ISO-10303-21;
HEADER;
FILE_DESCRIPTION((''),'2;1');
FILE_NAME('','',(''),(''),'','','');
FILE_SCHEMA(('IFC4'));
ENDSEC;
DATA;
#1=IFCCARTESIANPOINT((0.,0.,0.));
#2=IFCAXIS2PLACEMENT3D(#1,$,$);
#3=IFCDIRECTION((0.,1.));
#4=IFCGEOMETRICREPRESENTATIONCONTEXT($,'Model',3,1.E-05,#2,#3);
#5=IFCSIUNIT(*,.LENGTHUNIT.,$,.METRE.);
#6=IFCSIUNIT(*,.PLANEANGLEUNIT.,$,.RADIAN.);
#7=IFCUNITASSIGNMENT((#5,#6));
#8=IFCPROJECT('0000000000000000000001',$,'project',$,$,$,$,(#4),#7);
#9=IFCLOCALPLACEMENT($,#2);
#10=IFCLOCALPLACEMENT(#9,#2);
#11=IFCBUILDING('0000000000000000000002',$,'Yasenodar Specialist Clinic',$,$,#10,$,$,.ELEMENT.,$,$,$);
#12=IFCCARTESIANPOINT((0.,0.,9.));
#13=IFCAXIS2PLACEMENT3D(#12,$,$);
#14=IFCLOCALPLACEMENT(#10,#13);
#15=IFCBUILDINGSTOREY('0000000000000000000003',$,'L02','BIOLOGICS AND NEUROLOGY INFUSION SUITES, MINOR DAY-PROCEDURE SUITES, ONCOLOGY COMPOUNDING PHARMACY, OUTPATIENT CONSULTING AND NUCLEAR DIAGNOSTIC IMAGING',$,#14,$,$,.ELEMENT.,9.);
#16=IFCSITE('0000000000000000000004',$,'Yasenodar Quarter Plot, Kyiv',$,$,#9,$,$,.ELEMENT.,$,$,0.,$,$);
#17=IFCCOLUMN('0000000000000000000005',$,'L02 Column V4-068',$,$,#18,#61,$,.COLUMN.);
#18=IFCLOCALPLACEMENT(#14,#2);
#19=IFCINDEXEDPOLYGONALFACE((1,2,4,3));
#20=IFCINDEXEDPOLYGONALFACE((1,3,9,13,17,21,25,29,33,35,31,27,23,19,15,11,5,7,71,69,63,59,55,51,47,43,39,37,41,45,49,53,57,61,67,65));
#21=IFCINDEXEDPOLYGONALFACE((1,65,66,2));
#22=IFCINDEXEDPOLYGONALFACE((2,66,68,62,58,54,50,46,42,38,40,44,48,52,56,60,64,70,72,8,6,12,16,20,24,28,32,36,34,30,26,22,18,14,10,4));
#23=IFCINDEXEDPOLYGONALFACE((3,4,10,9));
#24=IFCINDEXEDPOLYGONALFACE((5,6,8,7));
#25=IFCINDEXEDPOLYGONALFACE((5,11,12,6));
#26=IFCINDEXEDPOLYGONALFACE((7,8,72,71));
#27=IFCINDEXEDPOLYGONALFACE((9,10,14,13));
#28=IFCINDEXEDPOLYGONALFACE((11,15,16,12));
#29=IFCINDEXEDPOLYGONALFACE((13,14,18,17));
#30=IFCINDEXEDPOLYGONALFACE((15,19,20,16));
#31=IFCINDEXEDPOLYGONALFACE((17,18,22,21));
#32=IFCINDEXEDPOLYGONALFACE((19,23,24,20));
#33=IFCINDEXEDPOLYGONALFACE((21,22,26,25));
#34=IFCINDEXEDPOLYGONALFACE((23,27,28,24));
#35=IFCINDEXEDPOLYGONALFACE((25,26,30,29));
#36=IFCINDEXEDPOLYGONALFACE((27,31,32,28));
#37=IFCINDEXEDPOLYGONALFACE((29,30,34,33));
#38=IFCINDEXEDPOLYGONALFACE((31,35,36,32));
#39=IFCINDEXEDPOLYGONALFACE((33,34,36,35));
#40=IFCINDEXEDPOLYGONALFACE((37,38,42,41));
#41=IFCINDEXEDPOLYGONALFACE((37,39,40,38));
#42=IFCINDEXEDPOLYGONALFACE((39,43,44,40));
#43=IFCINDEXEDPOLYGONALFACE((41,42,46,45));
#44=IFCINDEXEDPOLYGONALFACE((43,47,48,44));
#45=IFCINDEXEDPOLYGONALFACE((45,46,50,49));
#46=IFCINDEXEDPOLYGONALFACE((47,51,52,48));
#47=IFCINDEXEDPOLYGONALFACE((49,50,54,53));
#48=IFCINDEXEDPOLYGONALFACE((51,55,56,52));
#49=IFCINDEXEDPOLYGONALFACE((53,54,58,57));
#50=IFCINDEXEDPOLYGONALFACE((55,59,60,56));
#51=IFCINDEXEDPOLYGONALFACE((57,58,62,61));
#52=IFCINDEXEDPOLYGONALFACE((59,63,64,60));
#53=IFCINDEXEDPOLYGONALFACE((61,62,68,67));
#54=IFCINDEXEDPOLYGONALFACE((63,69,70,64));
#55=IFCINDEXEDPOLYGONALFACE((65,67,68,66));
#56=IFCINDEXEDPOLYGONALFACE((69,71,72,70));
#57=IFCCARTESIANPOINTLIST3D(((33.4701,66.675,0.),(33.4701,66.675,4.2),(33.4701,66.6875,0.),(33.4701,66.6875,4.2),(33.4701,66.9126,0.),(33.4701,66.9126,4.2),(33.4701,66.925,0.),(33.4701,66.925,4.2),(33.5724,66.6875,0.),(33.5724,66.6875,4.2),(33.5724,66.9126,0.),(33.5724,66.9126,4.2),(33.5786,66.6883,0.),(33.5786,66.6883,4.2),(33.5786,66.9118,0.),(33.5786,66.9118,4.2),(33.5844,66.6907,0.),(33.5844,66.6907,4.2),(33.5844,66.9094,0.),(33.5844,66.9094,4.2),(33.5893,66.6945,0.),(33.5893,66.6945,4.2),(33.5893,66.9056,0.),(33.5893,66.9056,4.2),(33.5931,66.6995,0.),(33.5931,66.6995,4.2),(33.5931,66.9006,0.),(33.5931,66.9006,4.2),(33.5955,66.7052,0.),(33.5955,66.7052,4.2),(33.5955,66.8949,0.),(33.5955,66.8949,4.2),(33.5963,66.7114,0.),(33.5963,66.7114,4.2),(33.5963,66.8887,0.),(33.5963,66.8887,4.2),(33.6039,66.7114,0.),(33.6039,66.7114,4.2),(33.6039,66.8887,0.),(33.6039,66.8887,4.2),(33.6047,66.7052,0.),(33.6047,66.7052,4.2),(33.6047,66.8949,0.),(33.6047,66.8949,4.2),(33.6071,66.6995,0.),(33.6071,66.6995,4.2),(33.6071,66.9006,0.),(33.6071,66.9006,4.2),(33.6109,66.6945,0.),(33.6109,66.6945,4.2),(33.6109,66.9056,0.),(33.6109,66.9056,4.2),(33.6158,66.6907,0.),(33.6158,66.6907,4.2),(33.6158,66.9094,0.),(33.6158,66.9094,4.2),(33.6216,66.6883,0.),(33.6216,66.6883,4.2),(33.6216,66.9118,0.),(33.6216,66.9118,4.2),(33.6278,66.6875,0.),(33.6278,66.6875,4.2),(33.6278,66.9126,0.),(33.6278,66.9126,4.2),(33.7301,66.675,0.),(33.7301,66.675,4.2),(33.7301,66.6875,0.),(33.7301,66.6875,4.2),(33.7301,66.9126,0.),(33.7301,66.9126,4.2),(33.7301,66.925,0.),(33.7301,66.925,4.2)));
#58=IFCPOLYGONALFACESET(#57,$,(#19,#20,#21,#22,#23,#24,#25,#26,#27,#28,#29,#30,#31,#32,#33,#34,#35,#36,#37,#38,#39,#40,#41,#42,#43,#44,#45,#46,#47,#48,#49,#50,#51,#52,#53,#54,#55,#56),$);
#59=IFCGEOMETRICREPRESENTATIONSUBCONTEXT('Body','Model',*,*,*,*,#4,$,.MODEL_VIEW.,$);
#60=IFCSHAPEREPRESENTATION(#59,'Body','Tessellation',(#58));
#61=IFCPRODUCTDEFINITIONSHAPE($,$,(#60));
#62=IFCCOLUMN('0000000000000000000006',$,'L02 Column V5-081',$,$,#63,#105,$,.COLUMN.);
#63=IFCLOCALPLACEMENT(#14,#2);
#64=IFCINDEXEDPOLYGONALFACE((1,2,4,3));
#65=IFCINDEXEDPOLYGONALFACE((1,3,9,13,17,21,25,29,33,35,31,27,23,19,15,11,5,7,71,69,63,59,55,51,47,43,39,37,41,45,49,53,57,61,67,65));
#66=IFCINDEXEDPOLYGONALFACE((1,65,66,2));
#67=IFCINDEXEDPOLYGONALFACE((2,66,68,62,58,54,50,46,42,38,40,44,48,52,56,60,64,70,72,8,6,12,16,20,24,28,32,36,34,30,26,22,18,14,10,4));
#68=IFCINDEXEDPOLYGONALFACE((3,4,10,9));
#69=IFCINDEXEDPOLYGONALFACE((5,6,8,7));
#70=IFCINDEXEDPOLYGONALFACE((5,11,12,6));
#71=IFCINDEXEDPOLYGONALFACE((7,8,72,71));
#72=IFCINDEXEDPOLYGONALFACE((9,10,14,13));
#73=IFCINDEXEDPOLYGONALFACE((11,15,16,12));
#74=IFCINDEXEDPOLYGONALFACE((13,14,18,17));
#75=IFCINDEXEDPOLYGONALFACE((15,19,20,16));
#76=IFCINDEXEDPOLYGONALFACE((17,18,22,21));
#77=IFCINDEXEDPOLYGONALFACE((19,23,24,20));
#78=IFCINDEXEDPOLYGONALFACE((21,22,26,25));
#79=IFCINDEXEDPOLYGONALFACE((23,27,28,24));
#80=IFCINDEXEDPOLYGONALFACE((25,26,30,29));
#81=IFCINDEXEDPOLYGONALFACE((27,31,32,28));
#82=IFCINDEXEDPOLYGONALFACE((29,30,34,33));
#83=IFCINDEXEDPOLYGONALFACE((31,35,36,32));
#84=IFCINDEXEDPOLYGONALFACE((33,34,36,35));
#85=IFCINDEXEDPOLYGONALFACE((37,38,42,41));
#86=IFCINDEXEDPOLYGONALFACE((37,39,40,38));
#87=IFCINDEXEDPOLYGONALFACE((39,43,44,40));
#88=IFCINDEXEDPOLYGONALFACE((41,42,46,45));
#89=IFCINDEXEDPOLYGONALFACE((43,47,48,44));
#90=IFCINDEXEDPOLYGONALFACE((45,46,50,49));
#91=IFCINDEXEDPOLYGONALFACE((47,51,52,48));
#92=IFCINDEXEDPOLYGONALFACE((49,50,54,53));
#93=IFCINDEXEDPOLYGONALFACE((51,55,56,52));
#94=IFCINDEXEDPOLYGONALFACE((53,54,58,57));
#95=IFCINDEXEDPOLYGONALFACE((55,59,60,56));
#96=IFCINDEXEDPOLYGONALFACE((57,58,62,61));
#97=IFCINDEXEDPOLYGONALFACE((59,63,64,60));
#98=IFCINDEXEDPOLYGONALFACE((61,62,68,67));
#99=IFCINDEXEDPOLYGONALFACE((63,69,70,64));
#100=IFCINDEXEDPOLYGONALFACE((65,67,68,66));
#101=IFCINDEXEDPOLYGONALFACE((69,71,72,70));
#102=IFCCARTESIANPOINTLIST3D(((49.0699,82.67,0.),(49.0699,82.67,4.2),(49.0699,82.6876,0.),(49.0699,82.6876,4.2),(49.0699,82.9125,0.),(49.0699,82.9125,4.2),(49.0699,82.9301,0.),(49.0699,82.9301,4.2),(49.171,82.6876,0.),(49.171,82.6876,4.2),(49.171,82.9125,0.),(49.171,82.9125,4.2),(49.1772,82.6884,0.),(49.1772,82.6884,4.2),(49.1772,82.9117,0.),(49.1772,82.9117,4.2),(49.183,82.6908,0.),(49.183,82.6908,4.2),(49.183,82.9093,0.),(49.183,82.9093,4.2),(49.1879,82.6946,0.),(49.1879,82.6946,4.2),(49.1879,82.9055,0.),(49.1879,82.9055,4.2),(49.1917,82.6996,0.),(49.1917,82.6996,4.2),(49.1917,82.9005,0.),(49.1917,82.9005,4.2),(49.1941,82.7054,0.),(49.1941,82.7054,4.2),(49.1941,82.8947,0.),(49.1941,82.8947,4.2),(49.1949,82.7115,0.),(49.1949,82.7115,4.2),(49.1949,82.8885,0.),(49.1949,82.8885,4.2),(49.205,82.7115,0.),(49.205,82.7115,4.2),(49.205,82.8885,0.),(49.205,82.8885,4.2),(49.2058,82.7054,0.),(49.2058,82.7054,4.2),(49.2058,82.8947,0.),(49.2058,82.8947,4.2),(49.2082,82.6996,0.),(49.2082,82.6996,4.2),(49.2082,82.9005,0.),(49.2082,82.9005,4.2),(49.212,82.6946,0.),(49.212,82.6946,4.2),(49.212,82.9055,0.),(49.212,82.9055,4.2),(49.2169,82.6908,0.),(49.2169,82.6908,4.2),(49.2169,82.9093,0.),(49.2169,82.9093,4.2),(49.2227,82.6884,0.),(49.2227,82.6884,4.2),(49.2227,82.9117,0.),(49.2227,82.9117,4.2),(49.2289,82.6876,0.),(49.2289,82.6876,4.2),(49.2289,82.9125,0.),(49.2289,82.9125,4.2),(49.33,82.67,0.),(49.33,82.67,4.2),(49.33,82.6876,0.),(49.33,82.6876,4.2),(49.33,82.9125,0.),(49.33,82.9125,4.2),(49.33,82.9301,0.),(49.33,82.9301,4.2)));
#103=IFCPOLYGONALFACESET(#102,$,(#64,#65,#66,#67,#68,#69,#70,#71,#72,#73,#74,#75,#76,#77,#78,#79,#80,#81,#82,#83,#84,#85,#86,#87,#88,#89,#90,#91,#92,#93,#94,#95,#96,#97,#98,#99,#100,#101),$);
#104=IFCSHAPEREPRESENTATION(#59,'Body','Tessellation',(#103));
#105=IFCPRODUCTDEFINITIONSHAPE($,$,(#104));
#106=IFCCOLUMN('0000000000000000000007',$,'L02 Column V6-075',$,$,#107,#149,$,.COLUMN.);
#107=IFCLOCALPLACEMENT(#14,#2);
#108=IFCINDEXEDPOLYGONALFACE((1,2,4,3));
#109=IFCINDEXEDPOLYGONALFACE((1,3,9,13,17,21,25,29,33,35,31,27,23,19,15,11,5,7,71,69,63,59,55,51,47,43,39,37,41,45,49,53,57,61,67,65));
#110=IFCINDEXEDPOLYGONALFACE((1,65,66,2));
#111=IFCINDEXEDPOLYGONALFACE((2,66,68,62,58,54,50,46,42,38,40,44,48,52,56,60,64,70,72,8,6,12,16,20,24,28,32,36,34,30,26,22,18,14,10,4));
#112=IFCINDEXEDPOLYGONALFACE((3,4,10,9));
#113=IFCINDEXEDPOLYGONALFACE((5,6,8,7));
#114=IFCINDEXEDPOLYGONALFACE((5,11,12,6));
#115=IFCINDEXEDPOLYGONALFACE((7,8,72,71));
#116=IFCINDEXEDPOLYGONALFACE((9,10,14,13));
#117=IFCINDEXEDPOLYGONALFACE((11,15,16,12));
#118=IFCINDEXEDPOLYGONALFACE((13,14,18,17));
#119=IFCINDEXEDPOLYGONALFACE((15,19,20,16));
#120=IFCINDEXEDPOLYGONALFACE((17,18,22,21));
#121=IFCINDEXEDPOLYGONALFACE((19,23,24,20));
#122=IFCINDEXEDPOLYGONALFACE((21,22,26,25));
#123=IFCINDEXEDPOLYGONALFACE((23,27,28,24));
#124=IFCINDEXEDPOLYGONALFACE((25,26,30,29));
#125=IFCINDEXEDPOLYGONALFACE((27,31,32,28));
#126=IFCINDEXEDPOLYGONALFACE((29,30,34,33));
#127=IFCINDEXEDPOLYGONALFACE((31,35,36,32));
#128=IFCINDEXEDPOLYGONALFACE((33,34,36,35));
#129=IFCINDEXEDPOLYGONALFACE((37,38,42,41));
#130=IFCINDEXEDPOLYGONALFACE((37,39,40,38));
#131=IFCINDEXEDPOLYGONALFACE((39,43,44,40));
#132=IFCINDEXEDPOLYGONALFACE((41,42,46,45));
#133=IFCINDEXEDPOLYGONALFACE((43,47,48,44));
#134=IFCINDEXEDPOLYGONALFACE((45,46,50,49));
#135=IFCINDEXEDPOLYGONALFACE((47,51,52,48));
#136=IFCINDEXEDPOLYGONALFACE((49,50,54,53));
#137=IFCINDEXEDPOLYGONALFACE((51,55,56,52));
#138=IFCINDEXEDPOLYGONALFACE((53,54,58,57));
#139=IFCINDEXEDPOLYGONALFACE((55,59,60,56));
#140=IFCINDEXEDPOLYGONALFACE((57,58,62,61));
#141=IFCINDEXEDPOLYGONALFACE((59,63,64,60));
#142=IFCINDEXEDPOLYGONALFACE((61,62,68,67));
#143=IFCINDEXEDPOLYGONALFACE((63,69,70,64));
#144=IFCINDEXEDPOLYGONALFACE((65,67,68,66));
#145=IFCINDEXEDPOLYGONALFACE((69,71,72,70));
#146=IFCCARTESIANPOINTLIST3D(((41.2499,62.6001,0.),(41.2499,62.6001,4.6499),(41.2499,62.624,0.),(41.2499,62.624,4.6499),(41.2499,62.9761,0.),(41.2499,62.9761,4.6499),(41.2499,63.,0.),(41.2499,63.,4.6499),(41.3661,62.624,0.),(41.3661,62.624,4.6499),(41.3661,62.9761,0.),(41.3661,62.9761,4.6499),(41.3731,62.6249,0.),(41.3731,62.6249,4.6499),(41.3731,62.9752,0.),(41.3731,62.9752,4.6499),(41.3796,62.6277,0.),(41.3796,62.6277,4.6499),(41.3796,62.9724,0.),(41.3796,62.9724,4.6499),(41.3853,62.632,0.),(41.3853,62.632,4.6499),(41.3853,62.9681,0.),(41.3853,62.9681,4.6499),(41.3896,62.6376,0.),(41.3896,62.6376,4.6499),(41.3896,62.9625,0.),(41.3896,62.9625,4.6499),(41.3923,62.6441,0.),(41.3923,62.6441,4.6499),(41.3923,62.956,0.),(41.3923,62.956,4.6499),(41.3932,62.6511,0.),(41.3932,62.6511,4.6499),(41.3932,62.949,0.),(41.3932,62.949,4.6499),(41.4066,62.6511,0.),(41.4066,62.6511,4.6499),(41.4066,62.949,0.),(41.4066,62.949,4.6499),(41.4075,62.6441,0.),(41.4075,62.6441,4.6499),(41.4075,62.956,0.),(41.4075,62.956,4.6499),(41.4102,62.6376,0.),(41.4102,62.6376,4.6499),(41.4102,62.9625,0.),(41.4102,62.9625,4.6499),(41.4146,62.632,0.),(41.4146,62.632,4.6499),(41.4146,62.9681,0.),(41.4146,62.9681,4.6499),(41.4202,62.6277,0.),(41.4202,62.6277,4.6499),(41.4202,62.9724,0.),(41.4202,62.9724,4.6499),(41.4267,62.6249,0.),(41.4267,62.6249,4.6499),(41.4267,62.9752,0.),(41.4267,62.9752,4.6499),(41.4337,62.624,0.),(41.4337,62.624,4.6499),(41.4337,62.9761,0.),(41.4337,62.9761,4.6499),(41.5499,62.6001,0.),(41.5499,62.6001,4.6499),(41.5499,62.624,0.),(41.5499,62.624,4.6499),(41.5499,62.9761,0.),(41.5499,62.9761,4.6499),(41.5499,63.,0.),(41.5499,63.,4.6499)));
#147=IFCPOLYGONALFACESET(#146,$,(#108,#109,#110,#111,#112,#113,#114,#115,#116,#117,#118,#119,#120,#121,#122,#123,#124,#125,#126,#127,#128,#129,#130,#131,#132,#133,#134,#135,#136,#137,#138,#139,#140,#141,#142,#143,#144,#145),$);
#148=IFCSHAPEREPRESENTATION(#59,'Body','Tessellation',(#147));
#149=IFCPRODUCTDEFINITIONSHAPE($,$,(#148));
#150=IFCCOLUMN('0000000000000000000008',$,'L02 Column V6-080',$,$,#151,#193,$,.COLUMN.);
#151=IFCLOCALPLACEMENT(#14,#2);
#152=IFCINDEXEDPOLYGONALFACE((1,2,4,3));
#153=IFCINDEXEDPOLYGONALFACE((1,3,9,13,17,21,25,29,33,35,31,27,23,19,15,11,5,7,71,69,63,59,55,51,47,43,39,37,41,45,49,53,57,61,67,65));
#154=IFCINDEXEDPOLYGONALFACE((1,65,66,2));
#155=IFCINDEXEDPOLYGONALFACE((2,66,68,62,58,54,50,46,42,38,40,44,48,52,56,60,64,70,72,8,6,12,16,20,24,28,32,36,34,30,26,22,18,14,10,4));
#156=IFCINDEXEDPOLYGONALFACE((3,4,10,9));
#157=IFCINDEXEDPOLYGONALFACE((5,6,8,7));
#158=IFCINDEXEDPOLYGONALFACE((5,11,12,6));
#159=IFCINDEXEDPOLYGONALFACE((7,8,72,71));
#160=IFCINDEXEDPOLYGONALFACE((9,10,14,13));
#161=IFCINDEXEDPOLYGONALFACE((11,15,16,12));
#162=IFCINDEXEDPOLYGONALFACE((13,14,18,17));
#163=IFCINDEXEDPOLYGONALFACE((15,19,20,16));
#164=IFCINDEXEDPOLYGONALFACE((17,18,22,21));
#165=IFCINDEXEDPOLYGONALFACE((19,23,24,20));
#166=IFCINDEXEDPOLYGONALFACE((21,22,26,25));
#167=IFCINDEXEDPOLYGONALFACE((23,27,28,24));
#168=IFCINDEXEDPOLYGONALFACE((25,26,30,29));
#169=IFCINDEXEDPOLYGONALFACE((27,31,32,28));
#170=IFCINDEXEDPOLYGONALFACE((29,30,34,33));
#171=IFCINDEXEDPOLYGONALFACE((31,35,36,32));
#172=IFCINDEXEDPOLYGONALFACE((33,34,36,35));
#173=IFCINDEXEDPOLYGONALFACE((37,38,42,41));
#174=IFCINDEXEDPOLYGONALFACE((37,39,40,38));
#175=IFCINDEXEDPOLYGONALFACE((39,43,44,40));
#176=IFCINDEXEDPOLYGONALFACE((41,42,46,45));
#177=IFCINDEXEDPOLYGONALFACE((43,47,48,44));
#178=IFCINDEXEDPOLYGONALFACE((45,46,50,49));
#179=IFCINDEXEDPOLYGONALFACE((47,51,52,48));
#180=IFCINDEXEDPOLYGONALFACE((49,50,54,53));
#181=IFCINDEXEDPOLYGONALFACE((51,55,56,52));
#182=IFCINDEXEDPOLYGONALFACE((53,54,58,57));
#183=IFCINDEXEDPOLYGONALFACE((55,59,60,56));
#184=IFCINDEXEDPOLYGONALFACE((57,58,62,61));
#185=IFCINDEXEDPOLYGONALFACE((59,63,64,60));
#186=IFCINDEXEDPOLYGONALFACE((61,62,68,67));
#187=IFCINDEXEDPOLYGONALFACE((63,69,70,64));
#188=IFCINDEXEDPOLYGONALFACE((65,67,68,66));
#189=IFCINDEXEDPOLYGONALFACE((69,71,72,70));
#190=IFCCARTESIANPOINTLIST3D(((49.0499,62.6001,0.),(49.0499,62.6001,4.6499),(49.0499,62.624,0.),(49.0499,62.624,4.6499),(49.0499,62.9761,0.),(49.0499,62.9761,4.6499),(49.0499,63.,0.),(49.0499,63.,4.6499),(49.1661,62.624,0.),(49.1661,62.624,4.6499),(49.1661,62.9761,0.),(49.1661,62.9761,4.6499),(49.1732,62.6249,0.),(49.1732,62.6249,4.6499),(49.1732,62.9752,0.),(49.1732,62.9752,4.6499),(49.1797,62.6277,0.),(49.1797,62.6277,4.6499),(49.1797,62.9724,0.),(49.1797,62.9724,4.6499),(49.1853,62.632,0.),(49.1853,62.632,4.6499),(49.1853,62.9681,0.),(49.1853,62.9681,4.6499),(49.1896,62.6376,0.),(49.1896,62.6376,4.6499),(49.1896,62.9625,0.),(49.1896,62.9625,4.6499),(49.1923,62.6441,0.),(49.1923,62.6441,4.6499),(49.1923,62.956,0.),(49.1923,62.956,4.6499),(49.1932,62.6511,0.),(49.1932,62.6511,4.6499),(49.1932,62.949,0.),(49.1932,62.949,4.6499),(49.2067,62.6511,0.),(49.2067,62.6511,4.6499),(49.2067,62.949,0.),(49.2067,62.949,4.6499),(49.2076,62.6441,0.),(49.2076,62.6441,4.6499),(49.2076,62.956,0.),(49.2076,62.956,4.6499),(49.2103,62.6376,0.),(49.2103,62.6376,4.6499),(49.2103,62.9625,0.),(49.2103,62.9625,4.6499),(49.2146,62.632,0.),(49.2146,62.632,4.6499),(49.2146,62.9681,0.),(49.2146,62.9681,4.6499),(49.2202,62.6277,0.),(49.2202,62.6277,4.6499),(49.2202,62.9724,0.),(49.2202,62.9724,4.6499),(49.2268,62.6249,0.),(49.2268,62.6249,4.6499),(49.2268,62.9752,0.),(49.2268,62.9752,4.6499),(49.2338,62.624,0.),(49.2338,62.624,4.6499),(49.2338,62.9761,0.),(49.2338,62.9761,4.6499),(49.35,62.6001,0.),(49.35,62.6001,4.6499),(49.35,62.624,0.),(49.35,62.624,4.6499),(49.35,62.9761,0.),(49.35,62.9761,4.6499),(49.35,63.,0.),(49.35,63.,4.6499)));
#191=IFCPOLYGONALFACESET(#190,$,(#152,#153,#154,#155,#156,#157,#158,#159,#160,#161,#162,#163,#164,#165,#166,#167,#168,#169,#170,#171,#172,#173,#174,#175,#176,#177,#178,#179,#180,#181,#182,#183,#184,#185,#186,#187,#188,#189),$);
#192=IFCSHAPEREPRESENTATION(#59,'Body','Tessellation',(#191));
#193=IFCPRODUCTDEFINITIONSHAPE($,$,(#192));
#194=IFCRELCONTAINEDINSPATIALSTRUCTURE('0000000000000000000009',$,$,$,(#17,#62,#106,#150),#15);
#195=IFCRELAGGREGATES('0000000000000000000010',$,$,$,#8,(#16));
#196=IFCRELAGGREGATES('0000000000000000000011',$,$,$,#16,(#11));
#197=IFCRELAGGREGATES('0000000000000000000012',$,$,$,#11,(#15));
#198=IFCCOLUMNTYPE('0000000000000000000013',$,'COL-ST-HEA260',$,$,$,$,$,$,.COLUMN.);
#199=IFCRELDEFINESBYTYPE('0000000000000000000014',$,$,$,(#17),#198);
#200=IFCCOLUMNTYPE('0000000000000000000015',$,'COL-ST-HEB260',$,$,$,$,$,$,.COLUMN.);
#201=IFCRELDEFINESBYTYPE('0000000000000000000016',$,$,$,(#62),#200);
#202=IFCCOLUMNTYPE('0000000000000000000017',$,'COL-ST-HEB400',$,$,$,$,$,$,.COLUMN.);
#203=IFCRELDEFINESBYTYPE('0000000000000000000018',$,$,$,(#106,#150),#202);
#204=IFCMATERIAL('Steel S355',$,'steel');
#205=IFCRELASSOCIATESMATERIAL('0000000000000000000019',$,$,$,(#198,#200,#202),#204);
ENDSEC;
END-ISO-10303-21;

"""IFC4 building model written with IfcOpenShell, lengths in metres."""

from ifc_helpers import new_model, si_unit, direction, frame, origin, origin_2d, place, context, subcontext, project, spatial, i_section, extrude, material, material_profile, profile_set, type_object, element, save


model = new_model("IFC4")

# Units and contexts
model_context = context("Model", 3, precision=1e-05, world=origin(), true_north=direction((0.0, 1.0)))
body_context = subcontext(model_context, "Body", "Model", "MODEL_VIEW")
ifc_project = project(units=[si_unit("LENGTHUNIT", "METRE"), si_unit("PLANEANGLEUNIT", "RADIAN")], contexts=[model_context])

# Site, building, storey
site_placement = place(None, origin())
site = spatial("IfcSite", under=ifc_project, at=site_placement, Name="Yasenodar Quarter Plot, Kyiv", CompositionType="ELEMENT", RefElevation=0.0)
building_placement = place(site_placement, origin())
building = spatial("IfcBuilding", under=site, at=building_placement, Name="Yasenodar Specialist Clinic", CompositionType="ELEMENT")
storey_placement = place(building_placement, frame((0.0, 0.0, 9.0)))
storey = spatial("IfcBuildingStorey", under=building, at=storey_placement, Name="L02", Description="BIOLOGICS AND NEUROLOGY INFUSION SUITES, MINOR DAY-PROCEDURE SUITES, ONCOLOGY COMPOUNDING PHARMACY, OUTPATIENT CONSULTING AND NUCLEAR DIAGNOSTIC IMAGING", CompositionType="ELEMENT", Elevation=9.0)

# Columns
ifc_material_1 = material(Name="Steel S355", Category="steel")
ifc_material_profile_1 = material_profile(ifc_material_1, i_section(OverallWidth=0.26, OverallDepth=0.25, WebThickness=0.0076, FlangeThickness=0.0125, FilletRadius=0.0239, at=origin_2d()), Name="HEA 260")
ifc_profile_set_1 = profile_set([ifc_material_profile_1], Name="Steel S355")
column_type_1 = type_object("IfcColumnType", Name="COL-ST-HEA260", PredefinedType="COLUMN", material=ifc_profile_set_1)
column_1_placement = place(storey_placement, frame((33.6001, 66.8, 0.0), z_axis=(0.0, 0.0, 1.0), x_axis=(1.0, 0.0, 0.0)))
element("IfcColumn", 1, at=column_1_placement, inside=storey, type_object=column_type_1, Name="L02 Column V4-068", PredefinedType="COLUMN", context=body_context, shape_type="SweptSolid", body=[
    extrude(i_section(OverallWidth=0.26, OverallDepth=0.25, WebThickness=0.0076, FlangeThickness=0.0125, FilletRadius=0.0239, at=origin_2d()), origin(), (0.0, 0.0, 1.0), 4.2),
])
ifc_material_profile_2 = material_profile(ifc_material_1, i_section(OverallWidth=0.26, OverallDepth=0.26, WebThickness=0.01, FlangeThickness=0.0176, FilletRadius=0.0239, at=origin_2d()), Name="HEB 260")
ifc_profile_set_2 = profile_set([ifc_material_profile_2], Name="Steel S355")
column_type_2 = type_object("IfcColumnType", Name="COL-ST-HEB260", PredefinedType="COLUMN", material=ifc_profile_set_2)
column_2_placement = place(storey_placement, frame((49.2, 82.8, 0.0), z_axis=(0.0, 0.0, 1.0), x_axis=(1.0, 0.0, 0.0)))
element("IfcColumn", 2, at=column_2_placement, inside=storey, type_object=column_type_2, Name="L02 Column V5-081", PredefinedType="COLUMN", context=body_context, shape_type="SweptSolid", body=[
    extrude(i_section(OverallWidth=0.26, OverallDepth=0.26, WebThickness=0.01, FlangeThickness=0.0176, FilletRadius=0.0239, at=origin_2d()), origin(), (0.0, 0.0, 1.0), 4.2),
])
ifc_material_profile_3 = material_profile(ifc_material_1, i_section(OverallWidth=0.3, OverallDepth=0.3999, WebThickness=0.0134, FlangeThickness=0.0239, FilletRadius=0.0271, at=origin_2d()), Name="HEB 400")
ifc_profile_set_3 = profile_set([ifc_material_profile_3], Name="Steel S355")
column_type_3 = type_object("IfcColumnType", Name="COL-ST-HEB400", PredefinedType="COLUMN", material=ifc_profile_set_3)
for number, where, z_axis, x_axis, name in (
    (3, (41.3999, 62.8, 0.0), (0.0, 0.0, 1.0), (1.0, 0.0, 0.0), "L02 Column V6-075"),
    (4, (49.2, 62.8, 0.0), (0.0, 0.0, 1.0), (1.0, 0.0, 0.0), "L02 Column V6-080"),
):
    element("IfcColumn", number, at=place(storey_placement, frame(where, z_axis=z_axis, x_axis=x_axis)), inside=storey, type_object=column_type_3, Name=name, PredefinedType="COLUMN", context=body_context, shape_type="SweptSolid", body=[
        extrude(i_section(OverallWidth=0.3, OverallDepth=0.3999, WebThickness=0.0134, FlangeThickness=0.0239, FilletRadius=0.0271, at=origin_2d()), origin(), (0.0, 0.0, 1.0), 4.6499),
    ])

save(model, "model.ifc")
